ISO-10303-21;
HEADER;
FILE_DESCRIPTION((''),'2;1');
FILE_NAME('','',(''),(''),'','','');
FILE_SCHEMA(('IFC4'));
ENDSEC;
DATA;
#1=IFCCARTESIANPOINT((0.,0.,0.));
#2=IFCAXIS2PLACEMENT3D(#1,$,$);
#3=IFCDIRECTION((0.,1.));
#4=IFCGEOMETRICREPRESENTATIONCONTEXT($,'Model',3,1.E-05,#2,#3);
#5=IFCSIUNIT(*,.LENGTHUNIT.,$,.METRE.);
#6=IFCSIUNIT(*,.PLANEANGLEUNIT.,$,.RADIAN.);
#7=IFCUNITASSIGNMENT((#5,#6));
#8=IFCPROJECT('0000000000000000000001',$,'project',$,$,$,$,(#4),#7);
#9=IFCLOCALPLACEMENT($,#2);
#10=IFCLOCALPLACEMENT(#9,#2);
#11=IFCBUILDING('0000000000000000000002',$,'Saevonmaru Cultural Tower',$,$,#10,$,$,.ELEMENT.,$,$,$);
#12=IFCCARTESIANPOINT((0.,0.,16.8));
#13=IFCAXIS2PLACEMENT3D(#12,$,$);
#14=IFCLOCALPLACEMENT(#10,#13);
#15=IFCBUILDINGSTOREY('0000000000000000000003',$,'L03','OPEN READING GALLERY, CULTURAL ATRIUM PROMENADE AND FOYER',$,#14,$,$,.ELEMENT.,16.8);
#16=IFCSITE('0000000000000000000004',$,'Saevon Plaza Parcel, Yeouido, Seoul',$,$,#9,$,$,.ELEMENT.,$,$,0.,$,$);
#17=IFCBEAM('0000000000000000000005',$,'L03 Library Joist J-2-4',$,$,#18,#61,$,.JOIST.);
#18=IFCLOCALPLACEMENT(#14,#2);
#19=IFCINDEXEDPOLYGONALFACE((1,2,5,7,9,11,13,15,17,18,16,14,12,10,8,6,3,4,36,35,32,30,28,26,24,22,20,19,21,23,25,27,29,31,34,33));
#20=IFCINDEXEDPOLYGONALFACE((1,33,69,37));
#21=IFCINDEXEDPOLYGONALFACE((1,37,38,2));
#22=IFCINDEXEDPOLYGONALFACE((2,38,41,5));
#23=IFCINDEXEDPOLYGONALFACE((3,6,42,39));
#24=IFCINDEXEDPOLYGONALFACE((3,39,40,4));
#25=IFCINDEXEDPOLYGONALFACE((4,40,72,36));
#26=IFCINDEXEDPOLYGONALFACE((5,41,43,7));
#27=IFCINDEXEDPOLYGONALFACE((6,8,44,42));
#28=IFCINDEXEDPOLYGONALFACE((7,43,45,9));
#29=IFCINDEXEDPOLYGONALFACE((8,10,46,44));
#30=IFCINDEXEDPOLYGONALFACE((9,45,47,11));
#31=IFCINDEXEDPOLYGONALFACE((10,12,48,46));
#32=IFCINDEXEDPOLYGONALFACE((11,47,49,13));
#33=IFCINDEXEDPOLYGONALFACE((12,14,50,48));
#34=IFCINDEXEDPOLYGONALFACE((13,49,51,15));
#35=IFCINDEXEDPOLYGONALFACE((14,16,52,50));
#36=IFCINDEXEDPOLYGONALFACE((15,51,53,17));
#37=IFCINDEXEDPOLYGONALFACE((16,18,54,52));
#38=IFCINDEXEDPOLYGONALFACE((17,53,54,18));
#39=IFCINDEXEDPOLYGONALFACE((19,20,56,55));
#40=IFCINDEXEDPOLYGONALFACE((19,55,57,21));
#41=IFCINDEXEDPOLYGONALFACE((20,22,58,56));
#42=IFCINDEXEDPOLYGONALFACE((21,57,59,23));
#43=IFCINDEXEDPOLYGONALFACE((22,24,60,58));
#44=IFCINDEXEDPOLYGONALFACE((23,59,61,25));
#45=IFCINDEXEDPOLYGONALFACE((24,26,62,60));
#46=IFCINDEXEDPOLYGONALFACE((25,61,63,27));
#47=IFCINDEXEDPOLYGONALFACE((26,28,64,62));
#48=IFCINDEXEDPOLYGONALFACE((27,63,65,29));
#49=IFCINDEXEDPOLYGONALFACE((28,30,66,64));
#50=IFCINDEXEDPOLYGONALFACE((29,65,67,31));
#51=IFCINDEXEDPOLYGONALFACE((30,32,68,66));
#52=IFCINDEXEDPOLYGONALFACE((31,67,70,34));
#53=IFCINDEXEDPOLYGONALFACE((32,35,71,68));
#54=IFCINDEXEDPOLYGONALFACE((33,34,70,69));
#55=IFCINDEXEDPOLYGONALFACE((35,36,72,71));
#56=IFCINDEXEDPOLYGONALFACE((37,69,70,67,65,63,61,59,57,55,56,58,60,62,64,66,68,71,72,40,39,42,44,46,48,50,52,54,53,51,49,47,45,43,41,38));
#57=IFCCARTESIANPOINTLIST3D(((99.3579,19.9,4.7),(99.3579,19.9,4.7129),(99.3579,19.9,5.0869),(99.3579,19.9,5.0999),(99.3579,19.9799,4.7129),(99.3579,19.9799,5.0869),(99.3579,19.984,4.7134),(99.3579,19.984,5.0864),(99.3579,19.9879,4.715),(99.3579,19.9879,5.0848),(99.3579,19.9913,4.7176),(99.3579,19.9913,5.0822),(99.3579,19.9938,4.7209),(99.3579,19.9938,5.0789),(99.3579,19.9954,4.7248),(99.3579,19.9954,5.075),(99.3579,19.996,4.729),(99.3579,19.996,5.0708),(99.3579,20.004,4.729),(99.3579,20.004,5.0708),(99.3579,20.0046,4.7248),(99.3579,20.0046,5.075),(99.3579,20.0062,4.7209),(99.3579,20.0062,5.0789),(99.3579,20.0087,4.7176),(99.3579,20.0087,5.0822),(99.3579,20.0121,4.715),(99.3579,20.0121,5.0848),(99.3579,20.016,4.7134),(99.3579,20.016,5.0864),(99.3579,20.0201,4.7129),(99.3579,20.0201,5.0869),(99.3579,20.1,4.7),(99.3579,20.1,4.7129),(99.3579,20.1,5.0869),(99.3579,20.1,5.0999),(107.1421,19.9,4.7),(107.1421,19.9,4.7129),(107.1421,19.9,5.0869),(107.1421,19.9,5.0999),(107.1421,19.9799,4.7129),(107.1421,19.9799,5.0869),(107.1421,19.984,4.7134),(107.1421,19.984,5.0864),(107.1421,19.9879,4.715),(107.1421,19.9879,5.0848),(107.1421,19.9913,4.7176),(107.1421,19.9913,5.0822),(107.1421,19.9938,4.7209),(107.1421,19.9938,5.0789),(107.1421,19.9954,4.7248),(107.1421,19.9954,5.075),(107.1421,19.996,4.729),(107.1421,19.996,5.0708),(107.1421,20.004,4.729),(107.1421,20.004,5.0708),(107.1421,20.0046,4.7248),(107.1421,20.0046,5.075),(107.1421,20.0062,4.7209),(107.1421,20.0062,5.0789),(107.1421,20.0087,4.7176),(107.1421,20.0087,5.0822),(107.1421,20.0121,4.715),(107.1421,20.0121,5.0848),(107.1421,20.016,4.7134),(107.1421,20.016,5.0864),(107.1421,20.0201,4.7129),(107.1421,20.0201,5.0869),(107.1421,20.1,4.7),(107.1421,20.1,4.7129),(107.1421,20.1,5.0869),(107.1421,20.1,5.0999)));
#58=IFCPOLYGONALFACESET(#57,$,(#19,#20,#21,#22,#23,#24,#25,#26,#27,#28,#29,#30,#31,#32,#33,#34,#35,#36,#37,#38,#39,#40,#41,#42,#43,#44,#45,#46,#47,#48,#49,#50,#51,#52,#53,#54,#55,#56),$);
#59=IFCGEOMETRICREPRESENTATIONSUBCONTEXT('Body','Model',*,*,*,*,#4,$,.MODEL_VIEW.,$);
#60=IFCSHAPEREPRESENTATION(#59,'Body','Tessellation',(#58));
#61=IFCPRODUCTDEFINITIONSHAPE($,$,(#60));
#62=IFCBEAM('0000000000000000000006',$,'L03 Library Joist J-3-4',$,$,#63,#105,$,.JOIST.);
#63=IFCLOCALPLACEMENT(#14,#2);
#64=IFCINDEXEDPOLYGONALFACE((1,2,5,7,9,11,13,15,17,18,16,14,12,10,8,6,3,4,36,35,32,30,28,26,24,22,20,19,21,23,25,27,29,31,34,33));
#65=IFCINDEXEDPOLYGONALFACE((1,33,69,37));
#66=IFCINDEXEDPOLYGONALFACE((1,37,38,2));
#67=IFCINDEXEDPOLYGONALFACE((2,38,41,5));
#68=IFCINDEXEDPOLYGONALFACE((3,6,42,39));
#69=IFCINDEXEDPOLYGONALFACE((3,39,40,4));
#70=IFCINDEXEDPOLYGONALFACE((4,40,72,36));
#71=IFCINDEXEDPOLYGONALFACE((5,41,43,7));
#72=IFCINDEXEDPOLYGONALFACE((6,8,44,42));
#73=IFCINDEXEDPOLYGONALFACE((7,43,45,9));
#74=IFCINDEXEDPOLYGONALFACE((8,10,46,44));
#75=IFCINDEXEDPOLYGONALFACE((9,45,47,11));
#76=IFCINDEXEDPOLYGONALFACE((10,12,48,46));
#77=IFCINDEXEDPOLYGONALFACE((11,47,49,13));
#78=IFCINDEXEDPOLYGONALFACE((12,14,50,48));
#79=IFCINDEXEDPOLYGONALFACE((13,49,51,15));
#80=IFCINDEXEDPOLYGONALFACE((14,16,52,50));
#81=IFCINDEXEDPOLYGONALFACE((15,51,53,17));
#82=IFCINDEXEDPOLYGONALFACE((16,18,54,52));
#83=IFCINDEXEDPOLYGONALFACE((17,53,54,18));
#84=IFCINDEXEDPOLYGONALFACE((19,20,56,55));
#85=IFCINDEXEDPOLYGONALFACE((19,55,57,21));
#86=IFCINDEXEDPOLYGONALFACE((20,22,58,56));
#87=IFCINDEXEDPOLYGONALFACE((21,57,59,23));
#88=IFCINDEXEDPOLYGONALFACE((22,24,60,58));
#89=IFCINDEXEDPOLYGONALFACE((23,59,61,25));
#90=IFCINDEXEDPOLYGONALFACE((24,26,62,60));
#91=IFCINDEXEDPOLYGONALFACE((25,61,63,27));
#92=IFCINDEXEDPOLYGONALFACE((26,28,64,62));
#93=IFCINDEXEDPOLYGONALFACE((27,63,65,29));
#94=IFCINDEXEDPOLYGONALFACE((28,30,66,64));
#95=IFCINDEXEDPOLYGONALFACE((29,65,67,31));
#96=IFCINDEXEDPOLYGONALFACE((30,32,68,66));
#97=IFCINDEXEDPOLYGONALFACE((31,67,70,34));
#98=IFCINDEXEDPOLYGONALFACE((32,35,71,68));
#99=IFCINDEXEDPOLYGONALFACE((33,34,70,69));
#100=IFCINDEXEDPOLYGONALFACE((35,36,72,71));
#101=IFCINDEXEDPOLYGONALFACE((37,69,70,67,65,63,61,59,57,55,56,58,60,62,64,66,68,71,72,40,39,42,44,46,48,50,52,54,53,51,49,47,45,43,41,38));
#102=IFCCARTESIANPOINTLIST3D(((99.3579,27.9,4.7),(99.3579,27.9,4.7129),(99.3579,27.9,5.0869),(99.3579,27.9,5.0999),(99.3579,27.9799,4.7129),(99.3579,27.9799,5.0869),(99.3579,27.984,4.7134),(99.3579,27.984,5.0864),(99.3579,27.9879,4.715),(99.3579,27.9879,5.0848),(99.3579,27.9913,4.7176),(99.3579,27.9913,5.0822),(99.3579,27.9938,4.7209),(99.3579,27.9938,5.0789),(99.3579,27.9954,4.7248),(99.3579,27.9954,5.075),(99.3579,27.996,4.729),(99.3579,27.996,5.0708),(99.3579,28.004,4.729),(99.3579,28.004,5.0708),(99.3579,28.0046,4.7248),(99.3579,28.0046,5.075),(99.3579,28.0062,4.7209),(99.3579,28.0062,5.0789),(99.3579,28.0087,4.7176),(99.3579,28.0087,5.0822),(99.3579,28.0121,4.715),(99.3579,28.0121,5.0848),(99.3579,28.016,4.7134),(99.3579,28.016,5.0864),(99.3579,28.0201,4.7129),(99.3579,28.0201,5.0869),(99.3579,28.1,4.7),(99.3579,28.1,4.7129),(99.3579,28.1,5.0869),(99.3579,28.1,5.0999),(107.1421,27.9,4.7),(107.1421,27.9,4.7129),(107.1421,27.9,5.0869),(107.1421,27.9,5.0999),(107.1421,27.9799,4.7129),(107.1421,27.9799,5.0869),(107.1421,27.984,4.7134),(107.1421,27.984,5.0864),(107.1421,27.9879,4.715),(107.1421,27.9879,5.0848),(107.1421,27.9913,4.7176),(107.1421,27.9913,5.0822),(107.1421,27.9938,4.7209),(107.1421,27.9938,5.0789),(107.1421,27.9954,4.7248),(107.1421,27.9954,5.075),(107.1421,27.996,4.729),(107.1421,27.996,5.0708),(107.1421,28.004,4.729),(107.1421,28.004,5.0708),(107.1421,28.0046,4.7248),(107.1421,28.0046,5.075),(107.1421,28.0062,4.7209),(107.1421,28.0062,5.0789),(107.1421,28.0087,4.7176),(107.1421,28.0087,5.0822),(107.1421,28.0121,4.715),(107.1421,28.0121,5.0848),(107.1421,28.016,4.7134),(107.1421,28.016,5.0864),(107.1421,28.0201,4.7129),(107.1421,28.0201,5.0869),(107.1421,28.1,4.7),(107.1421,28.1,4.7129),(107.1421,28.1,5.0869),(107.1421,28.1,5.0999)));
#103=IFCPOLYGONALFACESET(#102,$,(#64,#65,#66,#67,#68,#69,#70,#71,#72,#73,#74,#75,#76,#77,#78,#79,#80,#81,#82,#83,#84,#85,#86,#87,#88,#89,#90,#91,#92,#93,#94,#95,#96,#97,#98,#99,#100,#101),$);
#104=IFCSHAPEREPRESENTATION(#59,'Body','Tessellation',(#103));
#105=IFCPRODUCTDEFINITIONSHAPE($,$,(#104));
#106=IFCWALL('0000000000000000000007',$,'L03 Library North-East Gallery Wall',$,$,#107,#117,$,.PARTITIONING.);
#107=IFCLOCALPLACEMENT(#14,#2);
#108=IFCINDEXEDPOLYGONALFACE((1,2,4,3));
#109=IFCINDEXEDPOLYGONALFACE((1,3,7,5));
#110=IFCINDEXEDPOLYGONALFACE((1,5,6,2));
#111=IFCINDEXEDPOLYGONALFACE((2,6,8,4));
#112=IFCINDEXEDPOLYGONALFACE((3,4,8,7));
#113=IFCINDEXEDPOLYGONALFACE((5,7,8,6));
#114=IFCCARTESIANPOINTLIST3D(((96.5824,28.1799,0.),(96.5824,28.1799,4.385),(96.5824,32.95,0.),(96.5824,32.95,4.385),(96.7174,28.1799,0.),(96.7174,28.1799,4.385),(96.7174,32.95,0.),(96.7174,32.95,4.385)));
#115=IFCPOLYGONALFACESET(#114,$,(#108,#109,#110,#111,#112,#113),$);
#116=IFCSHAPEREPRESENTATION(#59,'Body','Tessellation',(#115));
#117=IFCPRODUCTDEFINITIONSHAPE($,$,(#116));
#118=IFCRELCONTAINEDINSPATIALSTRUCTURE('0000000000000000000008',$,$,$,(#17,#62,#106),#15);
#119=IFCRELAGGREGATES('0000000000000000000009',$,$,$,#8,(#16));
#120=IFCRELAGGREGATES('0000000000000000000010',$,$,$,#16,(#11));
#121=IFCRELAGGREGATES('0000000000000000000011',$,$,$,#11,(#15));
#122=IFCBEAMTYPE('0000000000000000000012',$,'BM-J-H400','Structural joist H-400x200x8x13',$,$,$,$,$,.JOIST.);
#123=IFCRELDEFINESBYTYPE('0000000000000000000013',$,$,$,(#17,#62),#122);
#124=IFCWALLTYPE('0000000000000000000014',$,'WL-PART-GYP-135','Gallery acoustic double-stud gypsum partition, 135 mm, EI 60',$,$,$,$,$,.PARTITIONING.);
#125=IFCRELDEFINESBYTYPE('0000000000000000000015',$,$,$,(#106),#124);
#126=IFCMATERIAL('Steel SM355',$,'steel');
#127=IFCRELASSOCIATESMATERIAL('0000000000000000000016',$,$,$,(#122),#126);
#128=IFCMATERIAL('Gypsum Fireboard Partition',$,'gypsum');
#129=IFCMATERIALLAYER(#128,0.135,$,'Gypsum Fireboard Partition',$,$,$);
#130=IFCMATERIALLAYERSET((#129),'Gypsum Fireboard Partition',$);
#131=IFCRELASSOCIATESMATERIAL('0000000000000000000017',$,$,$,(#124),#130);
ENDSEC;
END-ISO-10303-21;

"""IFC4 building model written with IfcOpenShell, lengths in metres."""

from ifc_helpers import new_model, si_unit, direction, frame, frame_2d, origin, origin_2d, place, context, subcontext, project, spatial, rectangle, i_section, extrude, material, layer, layer_set, material_profile, profile_set, type_object, element, save


model = new_model("IFC4")

# Units and contexts
model_context = context("Model", 3, precision=1e-05, world=origin(), true_north=direction((0.0, 1.0)))
body_context = subcontext(model_context, "Body", "Model", "MODEL_VIEW")
ifc_project = project(units=[si_unit("LENGTHUNIT", "METRE"), si_unit("PLANEANGLEUNIT", "RADIAN")], contexts=[model_context])

# Site, building, storey
site_placement = place(None, origin())
site = spatial("IfcSite", under=ifc_project, at=site_placement, Name="Saevon Plaza Parcel, Yeouido, Seoul", CompositionType="ELEMENT", RefElevation=0.0)
building_placement = place(site_placement, origin())
building = spatial("IfcBuilding", under=site, at=building_placement, Name="Saevonmaru Cultural Tower", CompositionType="ELEMENT")
storey_placement = place(building_placement, frame((0.0, 0.0, 16.8)))
storey = spatial("IfcBuildingStorey", under=building, at=storey_placement, Name="L03", Description="OPEN READING GALLERY, CULTURAL ATRIUM PROMENADE AND FOYER", CompositionType="ELEMENT", Elevation=16.8)

# Shared definitions
ifc_material_1 = material(Name="Steel SM355", Category="steel")

# Beams
ifc_material_profile_1 = material_profile(ifc_material_1, i_section(OverallWidth=0.2, OverallDepth=0.3999, WebThickness=0.0081, FlangeThickness=0.0129, FilletRadius=0.0161, at=origin_2d()), Name="H-400x200x8x13")
ifc_profile_set_1 = profile_set([ifc_material_profile_1], Name="Steel SM355")
beam_type_1 = type_object("IfcBeamType", Name="BM-J-H400", Description="Structural joist H-400x200x8x13", PredefinedType="JOIST", material=ifc_profile_set_1)
for number, where, z_axis, x_axis, name in (
    (1, (99.3579, 20.0, 4.8999), (1.0, 0.0, 0.0), (0.0, 1.0, 0.0), "L03 Library Joist J-2-4"),
    (2, (99.3579, 28.0, 4.8999), (1.0, 0.0, 0.0), (0.0, 1.0, 0.0), "L03 Library Joist J-3-4"),
):
    element("IfcBeam", number, at=place(storey_placement, frame(where, z_axis=z_axis, x_axis=x_axis)), inside=storey, type_object=beam_type_1, Name=name, PredefinedType="JOIST", context=body_context, shape_type="SweptSolid", body=[
        extrude(i_section(OverallWidth=0.2, OverallDepth=0.3999, WebThickness=0.0081, FlangeThickness=0.0129, FilletRadius=0.0161, at=origin_2d()), origin(), (0.0, 0.0, 1.0), 7.7842),
    ])

# Wall
ifc_material_2 = material(Name="Gypsum Fireboard Partition", Category="gypsum")
ifc_layer = layer(ifc_material_2, 0.135, Name="Gypsum Fireboard Partition")
ifc_layer_set = layer_set([ifc_layer], Name="Gypsum Fireboard Partition")
wall_type = type_object("IfcWallType", Name="WL-PART-GYP-135", Description="Gallery acoustic double-stud gypsum partition, 135 mm, EI 60", PredefinedType="PARTITIONING", material=ifc_layer_set)
wall_placement = place(storey_placement, frame((96.6499, 28.1799, 0.0), z_axis=(0.0, 0.0, 1.0), x_axis=(0.0, 1.0, 0.0)))
element("IfcWall", 3, at=wall_placement, inside=storey, type_object=wall_type, Name="L03 Library North-East Gallery Wall", PredefinedType="PARTITIONING", context=body_context, shape_type="SweptSolid", body=[
    extrude(rectangle(XDim=4.77, YDim=0.135, at=frame_2d((2.385, 0.0))), origin(), (0.0, 0.0, 1.0), 4.385),
])

save(model, "model.ifc")
